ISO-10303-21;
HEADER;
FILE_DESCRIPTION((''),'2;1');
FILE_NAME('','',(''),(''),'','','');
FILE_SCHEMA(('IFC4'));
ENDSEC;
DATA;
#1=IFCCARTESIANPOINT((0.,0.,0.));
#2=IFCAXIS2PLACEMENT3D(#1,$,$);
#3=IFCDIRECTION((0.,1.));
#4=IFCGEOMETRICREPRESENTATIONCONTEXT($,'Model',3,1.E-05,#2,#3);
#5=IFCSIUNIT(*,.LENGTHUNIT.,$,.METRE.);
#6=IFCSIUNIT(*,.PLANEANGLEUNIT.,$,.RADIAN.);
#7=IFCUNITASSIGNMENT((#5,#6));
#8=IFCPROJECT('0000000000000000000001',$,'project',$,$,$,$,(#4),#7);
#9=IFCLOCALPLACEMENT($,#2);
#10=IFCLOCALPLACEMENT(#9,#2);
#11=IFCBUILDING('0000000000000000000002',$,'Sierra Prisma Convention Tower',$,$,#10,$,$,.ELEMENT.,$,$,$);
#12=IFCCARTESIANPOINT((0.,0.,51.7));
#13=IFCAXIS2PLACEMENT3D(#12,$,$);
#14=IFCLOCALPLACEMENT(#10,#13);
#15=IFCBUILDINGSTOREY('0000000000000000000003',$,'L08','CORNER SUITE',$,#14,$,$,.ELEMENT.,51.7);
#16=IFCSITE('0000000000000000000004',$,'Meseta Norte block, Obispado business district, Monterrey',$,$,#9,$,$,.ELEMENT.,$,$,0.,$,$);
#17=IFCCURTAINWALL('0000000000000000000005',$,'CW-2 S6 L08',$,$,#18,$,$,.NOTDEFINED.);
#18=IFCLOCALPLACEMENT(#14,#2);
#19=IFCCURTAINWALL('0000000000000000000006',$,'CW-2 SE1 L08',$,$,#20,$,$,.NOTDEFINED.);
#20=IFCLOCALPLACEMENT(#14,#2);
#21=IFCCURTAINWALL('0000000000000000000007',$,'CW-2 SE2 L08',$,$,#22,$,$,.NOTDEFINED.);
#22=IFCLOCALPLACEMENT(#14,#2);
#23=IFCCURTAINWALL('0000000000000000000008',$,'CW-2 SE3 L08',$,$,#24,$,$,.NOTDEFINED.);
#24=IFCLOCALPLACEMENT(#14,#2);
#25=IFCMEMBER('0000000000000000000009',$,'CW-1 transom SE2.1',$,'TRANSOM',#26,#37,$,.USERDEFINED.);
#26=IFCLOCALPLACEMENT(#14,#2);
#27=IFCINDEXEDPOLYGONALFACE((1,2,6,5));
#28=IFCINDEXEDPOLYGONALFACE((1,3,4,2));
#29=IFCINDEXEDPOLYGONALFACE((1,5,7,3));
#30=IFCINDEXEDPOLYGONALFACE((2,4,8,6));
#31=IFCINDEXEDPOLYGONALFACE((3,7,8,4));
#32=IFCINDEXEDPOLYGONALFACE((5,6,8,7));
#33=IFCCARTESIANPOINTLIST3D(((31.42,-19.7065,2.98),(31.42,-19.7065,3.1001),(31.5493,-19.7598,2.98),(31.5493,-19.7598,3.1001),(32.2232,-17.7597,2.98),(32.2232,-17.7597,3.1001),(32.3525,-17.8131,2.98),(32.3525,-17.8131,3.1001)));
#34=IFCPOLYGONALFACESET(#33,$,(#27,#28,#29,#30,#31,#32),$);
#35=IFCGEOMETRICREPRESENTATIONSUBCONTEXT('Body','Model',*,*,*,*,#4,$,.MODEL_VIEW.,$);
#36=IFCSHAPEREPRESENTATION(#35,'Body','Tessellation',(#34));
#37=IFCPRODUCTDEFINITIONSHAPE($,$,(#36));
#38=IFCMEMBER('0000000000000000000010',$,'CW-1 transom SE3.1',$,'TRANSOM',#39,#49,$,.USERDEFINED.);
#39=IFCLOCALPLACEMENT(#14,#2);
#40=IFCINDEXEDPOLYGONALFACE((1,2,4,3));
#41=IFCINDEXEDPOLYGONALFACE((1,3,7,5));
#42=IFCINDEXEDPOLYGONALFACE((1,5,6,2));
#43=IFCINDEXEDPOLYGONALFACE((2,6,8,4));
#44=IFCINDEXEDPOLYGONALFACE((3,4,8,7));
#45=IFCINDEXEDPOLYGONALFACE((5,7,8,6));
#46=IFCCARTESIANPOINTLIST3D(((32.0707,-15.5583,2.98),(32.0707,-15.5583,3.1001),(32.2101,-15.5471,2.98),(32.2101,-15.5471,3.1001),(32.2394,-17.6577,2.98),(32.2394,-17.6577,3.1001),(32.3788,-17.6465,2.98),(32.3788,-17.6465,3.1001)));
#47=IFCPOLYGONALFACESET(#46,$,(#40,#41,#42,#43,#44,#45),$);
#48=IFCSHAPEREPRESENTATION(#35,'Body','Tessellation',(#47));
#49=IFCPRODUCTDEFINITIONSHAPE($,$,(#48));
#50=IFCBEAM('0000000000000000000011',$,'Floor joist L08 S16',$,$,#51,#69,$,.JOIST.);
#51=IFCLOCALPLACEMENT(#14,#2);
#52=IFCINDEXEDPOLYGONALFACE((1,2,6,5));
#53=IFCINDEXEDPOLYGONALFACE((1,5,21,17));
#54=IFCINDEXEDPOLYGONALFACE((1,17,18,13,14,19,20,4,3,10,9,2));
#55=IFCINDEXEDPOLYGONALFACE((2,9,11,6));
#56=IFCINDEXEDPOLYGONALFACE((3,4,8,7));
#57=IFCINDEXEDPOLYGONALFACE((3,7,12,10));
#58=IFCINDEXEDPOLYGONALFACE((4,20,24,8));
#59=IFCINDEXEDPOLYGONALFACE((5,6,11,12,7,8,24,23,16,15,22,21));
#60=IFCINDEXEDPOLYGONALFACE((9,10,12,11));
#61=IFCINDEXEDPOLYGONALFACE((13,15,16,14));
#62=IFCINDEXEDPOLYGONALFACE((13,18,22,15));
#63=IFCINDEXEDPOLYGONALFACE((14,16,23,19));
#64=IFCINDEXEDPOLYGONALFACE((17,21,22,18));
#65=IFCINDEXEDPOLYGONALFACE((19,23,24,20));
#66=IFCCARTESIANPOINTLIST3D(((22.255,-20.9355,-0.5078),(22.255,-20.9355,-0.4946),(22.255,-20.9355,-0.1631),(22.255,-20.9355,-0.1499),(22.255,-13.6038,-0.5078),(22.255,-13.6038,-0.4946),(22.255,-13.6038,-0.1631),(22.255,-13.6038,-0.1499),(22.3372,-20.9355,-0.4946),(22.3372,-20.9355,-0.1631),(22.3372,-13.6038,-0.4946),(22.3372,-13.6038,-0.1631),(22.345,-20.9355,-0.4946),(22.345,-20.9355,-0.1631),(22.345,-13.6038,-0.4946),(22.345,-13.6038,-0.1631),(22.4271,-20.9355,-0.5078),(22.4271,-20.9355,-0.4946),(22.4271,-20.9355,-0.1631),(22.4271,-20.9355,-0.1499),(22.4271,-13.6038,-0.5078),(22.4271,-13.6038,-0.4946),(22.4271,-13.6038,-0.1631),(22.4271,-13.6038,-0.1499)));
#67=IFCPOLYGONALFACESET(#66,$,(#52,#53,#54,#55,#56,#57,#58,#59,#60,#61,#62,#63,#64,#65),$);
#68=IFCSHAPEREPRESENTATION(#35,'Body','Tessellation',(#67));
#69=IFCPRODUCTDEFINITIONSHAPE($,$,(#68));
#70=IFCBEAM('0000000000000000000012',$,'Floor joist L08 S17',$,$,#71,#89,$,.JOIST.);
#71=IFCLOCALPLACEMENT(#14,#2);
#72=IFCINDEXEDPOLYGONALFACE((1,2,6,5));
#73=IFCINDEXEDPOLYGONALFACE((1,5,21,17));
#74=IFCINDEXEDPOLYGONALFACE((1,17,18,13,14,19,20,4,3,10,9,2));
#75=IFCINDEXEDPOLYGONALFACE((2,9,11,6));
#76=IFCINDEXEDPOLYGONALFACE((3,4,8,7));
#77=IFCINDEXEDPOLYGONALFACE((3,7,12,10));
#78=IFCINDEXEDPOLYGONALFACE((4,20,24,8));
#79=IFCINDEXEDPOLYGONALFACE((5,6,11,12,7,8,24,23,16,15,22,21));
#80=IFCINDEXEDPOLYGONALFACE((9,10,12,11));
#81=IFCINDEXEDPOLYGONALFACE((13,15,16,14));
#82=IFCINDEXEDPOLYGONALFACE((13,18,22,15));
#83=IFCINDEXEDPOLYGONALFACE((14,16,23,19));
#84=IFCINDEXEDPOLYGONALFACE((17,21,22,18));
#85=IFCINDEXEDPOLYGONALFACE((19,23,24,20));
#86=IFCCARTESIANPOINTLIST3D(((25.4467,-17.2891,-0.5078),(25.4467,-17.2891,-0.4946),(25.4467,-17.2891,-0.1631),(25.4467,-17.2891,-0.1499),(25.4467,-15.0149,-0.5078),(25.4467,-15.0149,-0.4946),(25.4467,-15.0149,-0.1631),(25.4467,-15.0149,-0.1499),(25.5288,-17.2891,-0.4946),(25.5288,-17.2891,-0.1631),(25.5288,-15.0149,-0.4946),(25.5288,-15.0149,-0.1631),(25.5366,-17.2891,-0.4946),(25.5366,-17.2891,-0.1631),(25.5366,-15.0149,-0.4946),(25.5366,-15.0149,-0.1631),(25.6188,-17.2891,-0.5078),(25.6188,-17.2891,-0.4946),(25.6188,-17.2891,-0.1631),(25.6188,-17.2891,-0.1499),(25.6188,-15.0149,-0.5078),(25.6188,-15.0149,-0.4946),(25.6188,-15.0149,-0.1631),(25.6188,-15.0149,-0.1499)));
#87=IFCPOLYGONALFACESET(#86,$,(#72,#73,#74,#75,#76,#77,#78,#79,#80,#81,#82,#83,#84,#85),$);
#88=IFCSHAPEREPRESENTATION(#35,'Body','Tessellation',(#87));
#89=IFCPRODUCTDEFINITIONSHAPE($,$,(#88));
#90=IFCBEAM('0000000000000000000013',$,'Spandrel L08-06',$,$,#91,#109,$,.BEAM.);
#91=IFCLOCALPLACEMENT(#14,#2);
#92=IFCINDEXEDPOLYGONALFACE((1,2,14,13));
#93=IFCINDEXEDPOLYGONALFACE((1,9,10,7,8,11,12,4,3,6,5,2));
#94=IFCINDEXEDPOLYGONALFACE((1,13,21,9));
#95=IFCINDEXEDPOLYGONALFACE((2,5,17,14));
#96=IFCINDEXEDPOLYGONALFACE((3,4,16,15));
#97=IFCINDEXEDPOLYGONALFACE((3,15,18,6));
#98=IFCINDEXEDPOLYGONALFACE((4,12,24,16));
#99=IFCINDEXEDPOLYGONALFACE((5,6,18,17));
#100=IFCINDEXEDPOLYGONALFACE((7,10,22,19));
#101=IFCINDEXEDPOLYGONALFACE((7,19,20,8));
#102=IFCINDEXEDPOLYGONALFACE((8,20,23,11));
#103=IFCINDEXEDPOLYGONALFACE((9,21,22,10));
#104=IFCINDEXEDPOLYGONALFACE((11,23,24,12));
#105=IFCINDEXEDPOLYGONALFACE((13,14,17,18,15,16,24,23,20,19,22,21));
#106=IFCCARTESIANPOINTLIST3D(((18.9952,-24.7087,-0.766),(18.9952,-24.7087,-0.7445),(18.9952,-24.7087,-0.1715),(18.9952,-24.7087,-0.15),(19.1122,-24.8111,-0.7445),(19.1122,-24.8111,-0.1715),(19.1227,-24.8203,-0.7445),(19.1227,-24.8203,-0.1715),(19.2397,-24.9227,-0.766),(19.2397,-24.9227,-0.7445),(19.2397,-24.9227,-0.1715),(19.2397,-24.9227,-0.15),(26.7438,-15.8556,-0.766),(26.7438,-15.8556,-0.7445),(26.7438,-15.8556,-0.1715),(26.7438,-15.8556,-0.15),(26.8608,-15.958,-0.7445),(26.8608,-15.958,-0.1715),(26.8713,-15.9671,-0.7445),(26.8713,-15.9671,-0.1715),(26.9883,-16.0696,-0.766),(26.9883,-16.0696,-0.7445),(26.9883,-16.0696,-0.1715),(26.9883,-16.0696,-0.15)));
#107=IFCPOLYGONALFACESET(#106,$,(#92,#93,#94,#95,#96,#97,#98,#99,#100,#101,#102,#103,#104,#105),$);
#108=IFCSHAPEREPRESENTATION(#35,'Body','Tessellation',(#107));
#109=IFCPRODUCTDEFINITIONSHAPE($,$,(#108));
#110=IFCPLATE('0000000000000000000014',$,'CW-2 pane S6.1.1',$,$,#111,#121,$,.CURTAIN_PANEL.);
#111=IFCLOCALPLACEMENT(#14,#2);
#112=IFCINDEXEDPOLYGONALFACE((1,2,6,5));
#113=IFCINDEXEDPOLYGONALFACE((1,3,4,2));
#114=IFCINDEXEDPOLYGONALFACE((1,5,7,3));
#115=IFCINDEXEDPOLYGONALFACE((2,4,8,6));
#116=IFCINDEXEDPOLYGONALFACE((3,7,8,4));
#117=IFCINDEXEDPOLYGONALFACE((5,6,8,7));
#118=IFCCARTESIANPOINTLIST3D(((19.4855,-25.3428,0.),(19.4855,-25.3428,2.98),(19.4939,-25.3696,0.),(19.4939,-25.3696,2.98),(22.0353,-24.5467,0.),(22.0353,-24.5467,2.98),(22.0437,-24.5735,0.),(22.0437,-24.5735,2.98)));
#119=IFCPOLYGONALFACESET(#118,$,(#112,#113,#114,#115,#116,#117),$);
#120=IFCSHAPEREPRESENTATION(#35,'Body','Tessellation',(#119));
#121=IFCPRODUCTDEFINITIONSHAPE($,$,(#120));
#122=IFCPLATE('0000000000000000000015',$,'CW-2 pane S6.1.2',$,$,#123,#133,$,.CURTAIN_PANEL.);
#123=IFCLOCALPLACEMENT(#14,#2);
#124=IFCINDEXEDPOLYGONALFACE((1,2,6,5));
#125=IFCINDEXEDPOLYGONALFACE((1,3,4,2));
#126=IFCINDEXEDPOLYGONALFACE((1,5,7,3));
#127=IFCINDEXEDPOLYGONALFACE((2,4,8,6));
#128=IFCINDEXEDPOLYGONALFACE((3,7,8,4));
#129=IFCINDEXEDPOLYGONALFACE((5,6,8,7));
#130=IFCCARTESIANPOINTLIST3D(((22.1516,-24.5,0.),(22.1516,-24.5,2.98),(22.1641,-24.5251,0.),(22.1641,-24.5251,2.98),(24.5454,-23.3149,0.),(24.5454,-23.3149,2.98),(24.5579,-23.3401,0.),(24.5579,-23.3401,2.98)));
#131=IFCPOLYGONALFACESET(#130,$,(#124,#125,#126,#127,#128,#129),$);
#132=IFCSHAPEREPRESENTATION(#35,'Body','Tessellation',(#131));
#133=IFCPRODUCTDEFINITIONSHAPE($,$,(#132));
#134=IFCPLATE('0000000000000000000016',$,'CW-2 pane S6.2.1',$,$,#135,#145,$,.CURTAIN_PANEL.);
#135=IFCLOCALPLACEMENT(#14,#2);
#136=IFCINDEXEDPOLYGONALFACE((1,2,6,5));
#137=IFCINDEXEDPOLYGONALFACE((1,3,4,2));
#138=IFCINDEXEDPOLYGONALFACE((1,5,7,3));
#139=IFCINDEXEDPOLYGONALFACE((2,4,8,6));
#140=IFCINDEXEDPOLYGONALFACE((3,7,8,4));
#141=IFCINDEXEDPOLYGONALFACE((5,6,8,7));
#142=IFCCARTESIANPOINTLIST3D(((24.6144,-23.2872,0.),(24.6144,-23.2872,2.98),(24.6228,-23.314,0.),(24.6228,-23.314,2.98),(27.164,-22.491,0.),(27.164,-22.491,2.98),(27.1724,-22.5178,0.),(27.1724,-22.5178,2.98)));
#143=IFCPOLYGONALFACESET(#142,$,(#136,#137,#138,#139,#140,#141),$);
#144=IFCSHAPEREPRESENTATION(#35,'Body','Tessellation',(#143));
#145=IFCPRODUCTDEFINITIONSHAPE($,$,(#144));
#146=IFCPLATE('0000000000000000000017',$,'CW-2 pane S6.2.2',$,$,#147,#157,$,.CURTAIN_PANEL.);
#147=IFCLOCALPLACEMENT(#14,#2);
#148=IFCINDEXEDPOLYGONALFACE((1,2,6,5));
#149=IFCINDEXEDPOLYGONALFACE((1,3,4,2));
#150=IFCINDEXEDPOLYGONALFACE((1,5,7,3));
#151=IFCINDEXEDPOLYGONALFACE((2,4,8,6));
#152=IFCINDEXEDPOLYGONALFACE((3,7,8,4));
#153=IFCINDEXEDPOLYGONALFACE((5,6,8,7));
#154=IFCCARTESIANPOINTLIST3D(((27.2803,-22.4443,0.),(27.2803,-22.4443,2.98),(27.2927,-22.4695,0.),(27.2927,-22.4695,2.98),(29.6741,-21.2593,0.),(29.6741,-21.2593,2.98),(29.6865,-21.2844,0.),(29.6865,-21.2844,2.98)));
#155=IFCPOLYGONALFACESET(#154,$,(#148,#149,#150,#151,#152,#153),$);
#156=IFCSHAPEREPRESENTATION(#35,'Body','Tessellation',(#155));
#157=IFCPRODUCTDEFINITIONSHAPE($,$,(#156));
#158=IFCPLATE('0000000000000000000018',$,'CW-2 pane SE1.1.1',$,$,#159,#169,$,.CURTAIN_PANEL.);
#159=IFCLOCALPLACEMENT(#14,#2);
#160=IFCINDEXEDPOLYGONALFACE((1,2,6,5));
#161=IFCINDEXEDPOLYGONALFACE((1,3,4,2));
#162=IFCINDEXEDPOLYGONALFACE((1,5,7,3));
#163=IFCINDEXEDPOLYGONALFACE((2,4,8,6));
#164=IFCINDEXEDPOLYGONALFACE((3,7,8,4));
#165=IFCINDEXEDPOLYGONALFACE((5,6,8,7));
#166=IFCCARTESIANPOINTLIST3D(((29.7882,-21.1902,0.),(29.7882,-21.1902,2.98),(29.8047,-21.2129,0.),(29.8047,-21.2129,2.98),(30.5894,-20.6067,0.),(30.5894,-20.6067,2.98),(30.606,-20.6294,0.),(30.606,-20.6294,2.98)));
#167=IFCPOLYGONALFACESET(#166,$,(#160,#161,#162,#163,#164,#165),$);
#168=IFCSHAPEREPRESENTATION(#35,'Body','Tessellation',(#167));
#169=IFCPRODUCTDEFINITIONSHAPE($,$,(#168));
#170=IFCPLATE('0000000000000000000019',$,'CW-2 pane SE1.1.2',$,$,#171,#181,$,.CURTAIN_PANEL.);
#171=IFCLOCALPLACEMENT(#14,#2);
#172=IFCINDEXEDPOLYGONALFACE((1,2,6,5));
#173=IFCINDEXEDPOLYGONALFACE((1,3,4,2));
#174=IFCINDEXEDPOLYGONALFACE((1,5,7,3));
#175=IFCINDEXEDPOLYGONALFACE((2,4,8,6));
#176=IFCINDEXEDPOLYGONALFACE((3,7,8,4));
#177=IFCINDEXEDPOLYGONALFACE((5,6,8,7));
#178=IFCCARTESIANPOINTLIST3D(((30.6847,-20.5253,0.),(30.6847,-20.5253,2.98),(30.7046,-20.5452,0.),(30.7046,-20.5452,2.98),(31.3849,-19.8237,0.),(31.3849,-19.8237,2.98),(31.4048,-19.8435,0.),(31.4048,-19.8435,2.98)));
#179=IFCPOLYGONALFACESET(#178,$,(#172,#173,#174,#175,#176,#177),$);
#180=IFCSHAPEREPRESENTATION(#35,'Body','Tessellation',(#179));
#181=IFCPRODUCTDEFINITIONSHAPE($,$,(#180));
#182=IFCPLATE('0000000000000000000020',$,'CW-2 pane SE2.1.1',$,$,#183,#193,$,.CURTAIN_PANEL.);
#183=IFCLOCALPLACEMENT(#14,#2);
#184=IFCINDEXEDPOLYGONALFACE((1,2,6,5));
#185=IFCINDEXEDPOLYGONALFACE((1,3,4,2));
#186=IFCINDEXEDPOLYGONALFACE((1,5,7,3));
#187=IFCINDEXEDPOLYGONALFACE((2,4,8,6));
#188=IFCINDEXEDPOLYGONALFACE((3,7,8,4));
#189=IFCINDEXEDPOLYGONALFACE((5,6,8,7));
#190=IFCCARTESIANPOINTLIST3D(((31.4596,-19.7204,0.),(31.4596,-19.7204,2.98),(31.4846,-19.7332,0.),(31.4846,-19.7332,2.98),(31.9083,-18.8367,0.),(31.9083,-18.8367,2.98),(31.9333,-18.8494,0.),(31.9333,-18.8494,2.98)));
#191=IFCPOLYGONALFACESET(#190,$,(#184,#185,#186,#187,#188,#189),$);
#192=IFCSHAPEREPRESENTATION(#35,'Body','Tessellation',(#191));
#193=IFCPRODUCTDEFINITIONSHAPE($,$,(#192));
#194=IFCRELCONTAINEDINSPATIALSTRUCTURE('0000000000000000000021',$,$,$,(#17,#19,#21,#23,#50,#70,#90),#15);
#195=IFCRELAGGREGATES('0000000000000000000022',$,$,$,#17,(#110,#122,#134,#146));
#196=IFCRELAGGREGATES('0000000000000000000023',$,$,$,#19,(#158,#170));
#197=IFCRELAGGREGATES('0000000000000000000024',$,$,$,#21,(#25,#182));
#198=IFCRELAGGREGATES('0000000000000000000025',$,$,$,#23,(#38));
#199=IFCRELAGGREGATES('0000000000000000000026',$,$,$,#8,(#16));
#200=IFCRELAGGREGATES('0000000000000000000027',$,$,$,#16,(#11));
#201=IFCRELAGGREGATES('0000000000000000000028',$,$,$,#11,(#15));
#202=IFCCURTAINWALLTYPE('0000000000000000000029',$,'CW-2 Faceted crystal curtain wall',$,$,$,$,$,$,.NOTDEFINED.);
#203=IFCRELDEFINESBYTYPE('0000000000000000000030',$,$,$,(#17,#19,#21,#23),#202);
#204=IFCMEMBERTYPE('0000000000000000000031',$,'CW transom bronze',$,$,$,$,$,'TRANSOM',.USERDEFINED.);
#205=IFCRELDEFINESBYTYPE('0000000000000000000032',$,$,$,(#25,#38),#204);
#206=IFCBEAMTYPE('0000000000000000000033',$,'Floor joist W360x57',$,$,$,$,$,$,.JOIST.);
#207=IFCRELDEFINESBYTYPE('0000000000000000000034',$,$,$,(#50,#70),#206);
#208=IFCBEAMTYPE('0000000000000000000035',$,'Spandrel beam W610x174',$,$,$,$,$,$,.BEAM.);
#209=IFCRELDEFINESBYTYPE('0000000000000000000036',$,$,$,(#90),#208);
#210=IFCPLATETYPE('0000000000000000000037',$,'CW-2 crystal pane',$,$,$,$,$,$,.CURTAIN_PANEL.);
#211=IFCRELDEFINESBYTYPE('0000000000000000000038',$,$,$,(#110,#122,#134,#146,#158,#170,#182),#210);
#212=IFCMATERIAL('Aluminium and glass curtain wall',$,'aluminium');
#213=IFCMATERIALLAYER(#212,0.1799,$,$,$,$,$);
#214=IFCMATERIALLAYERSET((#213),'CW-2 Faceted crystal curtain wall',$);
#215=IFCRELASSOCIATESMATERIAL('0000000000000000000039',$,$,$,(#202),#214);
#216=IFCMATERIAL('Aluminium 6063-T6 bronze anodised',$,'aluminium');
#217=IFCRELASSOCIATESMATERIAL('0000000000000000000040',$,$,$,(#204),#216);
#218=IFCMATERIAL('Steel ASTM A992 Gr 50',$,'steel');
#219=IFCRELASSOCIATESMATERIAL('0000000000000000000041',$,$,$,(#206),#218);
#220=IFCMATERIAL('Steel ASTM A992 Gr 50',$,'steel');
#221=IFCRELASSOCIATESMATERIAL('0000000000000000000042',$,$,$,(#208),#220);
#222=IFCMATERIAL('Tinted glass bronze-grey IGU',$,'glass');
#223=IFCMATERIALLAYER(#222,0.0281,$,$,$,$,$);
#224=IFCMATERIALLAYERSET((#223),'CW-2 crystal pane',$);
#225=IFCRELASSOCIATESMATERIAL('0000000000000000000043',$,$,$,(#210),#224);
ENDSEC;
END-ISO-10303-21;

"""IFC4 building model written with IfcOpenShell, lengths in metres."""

from ifc_helpers import new_model, si_unit, direction, frame, origin, origin_2d, place, context, subcontext, project, spatial, polyline, rectangle, i_section, outline, extrude, material, layer, layer_set, material_profile, profile_set, type_object, element, aggregate, save


model = new_model("IFC4")

# Units and contexts
model_context = context("Model", 3, precision=1e-05, world=origin(), true_north=direction((0.0, 1.0)))
body_context = subcontext(model_context, "Body", "Model", "MODEL_VIEW")
ifc_project = project(units=[si_unit("LENGTHUNIT", "METRE"), si_unit("PLANEANGLEUNIT", "RADIAN")], contexts=[model_context])

# Site, building, storey
site_placement = place(None, origin())
site = spatial("IfcSite", under=ifc_project, at=site_placement, Name="Meseta Norte block, Obispado business district, Monterrey", CompositionType="ELEMENT", RefElevation=0.0)
building_placement = place(site_placement, origin())
building = spatial("IfcBuilding", under=site, at=building_placement, Name="Sierra Prisma Convention Tower", CompositionType="ELEMENT")
storey_placement = place(building_placement, frame((0.0, 0.0, 51.7)))
storey = spatial("IfcBuildingStorey", under=building, at=storey_placement, Name="L08", Description="CORNER SUITE", CompositionType="ELEMENT", Elevation=51.7)

# Curtain wall
ifc_material_1 = material(Name="Aluminium and glass curtain wall", Category="aluminium")
ifc_layer_1 = layer(ifc_material_1, 0.1799)
ifc_layer_set_1 = layer_set([ifc_layer_1], Name="CW-2 Faceted crystal curtain wall")
curtain_wall_type = type_object("IfcCurtainWallType", Name="CW-2 Faceted crystal curtain wall", PredefinedType="NOTDEFINED", material=ifc_layer_set_1)
curtain_wall_1_placement = place(storey_placement, origin())
curtain_wall_1 = element("IfcCurtainWall", 1, at=curtain_wall_1_placement, inside=storey, type_object=curtain_wall_type, Name="CW-2 S6 L08", PredefinedType="NOTDEFINED")

# Curtain walls
curtain_wall_2_placement = place(storey_placement, origin())
curtain_wall_2 = element("IfcCurtainWall", 2, at=curtain_wall_2_placement, inside=storey, type_object=curtain_wall_type, Name="CW-2 SE1 L08", PredefinedType="NOTDEFINED")
curtain_wall_3_placement = place(storey_placement, origin())
curtain_wall_3 = element("IfcCurtainWall", 3, at=curtain_wall_3_placement, inside=storey, type_object=curtain_wall_type, Name="CW-2 SE2 L08", PredefinedType="NOTDEFINED")
curtain_wall_4_placement = place(storey_placement, origin())
curtain_wall_4 = element("IfcCurtainWall", 4, at=curtain_wall_4_placement, inside=storey, type_object=curtain_wall_type, Name="CW-2 SE3 L08", PredefinedType="NOTDEFINED")

# Members
ifc_material_2 = material(Name="Aluminium 6063-T6 bronze anodised", Category="aluminium")
ifc_material_profile_1 = material_profile(ifc_material_2, rectangle(XDim=0.1399, YDim=0.1201, at=origin_2d()), Name="ALU TRANSOM 120x140")
ifc_profile_set_1 = profile_set([ifc_material_profile_1], Name="Aluminium 6063-T6 bronze anodised")
member_type_1 = type_object("IfcMemberType", Name="CW transom bronze", ElementType="TRANSOM", PredefinedType="USERDEFINED", material=ifc_profile_set_1)
member_1_placement = place(storey_placement, frame((31.4846, -19.7332, 3.04), z_axis=(0.381403, 0.924409, 0.0), x_axis=(-0.924409, 0.381403, 0.0)))
member_1 = element("IfcMember", 5, at=member_1_placement, type_object=member_type_1, Name="CW-1 transom SE2.1", ObjectType="TRANSOM", PredefinedType="USERDEFINED", context=body_context, shape_type="SweptSolid", body=[
    extrude(rectangle(XDim=0.1399, YDim=0.1201, at=origin_2d()), origin(), (0.0, 0.0, 1.0), 2.106),
])
member_2_placement = place(storey_placement, frame((32.3091, -17.6521, 3.04), z_axis=(-0.0801, 0.996787, 0.0), x_axis=(-0.996787, -0.0801, 0.0)))
member_2 = element("IfcMember", 6, at=member_2_placement, type_object=member_type_1, Name="CW-1 transom SE3.1", ObjectType="TRANSOM", PredefinedType="USERDEFINED", context=body_context, shape_type="SweptSolid", body=[
    extrude(rectangle(XDim=0.1399, YDim=0.1201, at=origin_2d()), origin(), (0.0, 0.0, 1.0), 2.1062),
])

# Beams
ifc_material_3 = material(Name="Steel ASTM A992 Gr 50", Category="steel")
ifc_material_profile_2 = material_profile(ifc_material_3, i_section(OverallWidth=0.1721, OverallDepth=0.3579, WebThickness=0.0078, FlangeThickness=0.0132, at=origin_2d()), Name="W360x57")
ifc_profile_set_2 = profile_set([ifc_material_profile_2], Name="Steel ASTM A992 Gr 50")
beam_type_1 = type_object("IfcBeamType", Name="Floor joist W360x57", PredefinedType="JOIST", material=ifc_profile_set_2)
beam_1_placement = place(storey_placement, frame((22.3411, -20.9355, -0.3289), z_axis=(0.0, 1.0, 0.0), x_axis=(-1.0, 0.0, 0.0)))
element("IfcBeam", 7, at=beam_1_placement, inside=storey, type_object=beam_type_1, Name="Floor joist L08 S16", PredefinedType="JOIST", context=body_context, shape_type="SweptSolid", body=[
    extrude(i_section(OverallWidth=0.1721, OverallDepth=0.3579, WebThickness=0.0078, FlangeThickness=0.0132, at=origin_2d()), origin(), (0.0, 0.0, 1.0), 7.3318),
])
beam_2_placement = place(storey_placement, frame((25.5327, -17.2891, -0.3289), z_axis=(0.0, 1.0, 0.0), x_axis=(-1.0, 0.0, 0.0)))
element("IfcBeam", 8, at=beam_2_placement, inside=storey, type_object=beam_type_1, Name="Floor joist L08 S17", PredefinedType="JOIST", context=body_context, shape_type="SweptSolid", body=[
    extrude(i_section(OverallWidth=0.1721, OverallDepth=0.3579, WebThickness=0.0078, FlangeThickness=0.0132, at=origin_2d()), origin(), (0.0, 0.0, 1.0), 2.2742),
])
ifc_material_4 = material(Name="Steel ASTM A992 Gr 50", Category="steel")
ifc_material_profile_3 = material_profile(ifc_material_4, i_section(OverallWidth=0.325, OverallDepth=0.616, WebThickness=0.0139, FlangeThickness=0.0215, at=origin_2d()), Name="W610x174")
ifc_profile_set_3 = profile_set([ifc_material_profile_3], Name="Steel ASTM A992 Gr 50")
beam_type_2 = type_object("IfcBeamType", Name="Spandrel beam W610x174", PredefinedType="BEAM", material=ifc_profile_set_3)
beam_3_placement = place(storey_placement, frame((19.1174, -24.8157, -0.458), z_axis=(0.658607, 0.752487, 0.0), x_axis=(-0.752487, 0.658607, 0.0)))
element("IfcBeam", 9, at=beam_3_placement, inside=storey, type_object=beam_type_2, Name="Spandrel L08-06", PredefinedType="BEAM", context=body_context, shape_type="SweptSolid", body=[
    extrude(i_section(OverallWidth=0.325, OverallDepth=0.616, WebThickness=0.0139, FlangeThickness=0.0215, at=origin_2d()), origin(), (0.0, 0.0, 1.0), 11.7651),
])

# Plates
ifc_material_5 = material(Name="Tinted glass bronze-grey IGU", Category="glass")
ifc_layer_2 = layer(ifc_material_5, 0.0281)
ifc_layer_set_2 = layer_set([ifc_layer_2], Name="CW-2 crystal pane")
plate_type = type_object("IfcPlateType", Name="CW-2 crystal pane", PredefinedType="CURTAIN_PANEL", material=ifc_layer_set_2)
plate_1_placement = place(storey_placement, frame((19.4939, -25.3696, 0.0), z_axis=(0.298046, -0.954552, 0.0), x_axis=(0.954552, 0.298046, 0.0)))
plate_1 = element("IfcPlate", 10, at=plate_1_placement, type_object=plate_type, Name="CW-2 pane S6.1.1", PredefinedType="CURTAIN_PANEL", context=body_context, shape_type="SweptSolid", body=[
    extrude(outline(polyline([(0.0, 0.0), (2.6712, 0.0), (2.6712, 2.98), (0.0, 2.98), (0.0, 0.0)])), origin(), (0.0, 0.0, -1.0), 0.0281),
])
plate_2_placement = place(storey_placement, frame((24.5579, -23.3401, 0.0), z_axis=(0.443664, -0.896193, 0.0), x_axis=(-0.896193, -0.443664, 0.0)))
plate_2 = element("IfcPlate", 11, at=plate_2_placement, type_object=plate_type, Name="CW-2 pane S6.1.2", PredefinedType="CURTAIN_PANEL", context=body_context, shape_type="SweptSolid", body=[
    extrude(outline(polyline([(0.0, 0.0), (2.6711, 0.0), (2.6711, -2.98), (0.0, -2.98), (0.0, 0.0)])), origin(), (0.0, 0.0, -1.0), 0.0281),
])
plate_3_placement = place(storey_placement, frame((24.6228, -23.314, 0.0), z_axis=(0.298072, -0.954543, 0.0), x_axis=(0.954543, 0.298072, 0.0)))
plate_3 = element("IfcPlate", 12, at=plate_3_placement, type_object=plate_type, Name="CW-2 pane S6.2.1", PredefinedType="CURTAIN_PANEL", context=body_context, shape_type="SweptSolid", body=[
    extrude(outline(polyline([(0.0, 0.0), (2.671, 0.0), (2.671, 2.98), (0.0, 2.98), (0.0, 0.0)])), origin(), (0.0, 0.0, -1.0), 0.0281),
])
plate_4_placement = place(storey_placement, frame((29.6865, -21.2844, 0.0), z_axis=(0.443664, -0.896193, 0.0), x_axis=(-0.896193, -0.443664, 0.0)))
plate_4 = element("IfcPlate", 13, at=plate_4_placement, type_object=plate_type, Name="CW-2 pane S6.2.2", PredefinedType="CURTAIN_PANEL", context=body_context, shape_type="SweptSolid", body=[
    extrude(outline(polyline([(0.0, 0.0), (2.6711, 0.0), (2.6711, -2.98), (0.0, -2.98), (0.0, 0.0)])), origin(), (0.0, 0.0, -1.0), 0.0281),
])
aggregate(curtain_wall_1, [plate_1, plate_2, plate_3, plate_4])
plate_5_placement = place(storey_placement, frame((29.8047, -21.2129, 0.0), z_axis=(0.58867, -0.808374, 0.0), x_axis=(0.808374, 0.58867, 0.0)))
plate_5 = element("IfcPlate", 14, at=plate_5_placement, type_object=plate_type, Name="CW-2 pane SE1.1.1", PredefinedType="CURTAIN_PANEL", context=body_context, shape_type="SweptSolid", body=[
    extrude(outline(polyline([(0.0, 0.0), (0.9912, 0.0), (0.9912, 2.98), (0.0, 2.98), (0.0, 0.0)])), origin(), (0.0, 0.0, -1.0), 0.0281),
])
plate_6_placement = place(storey_placement, frame((31.4048, -19.8435, 0.0), z_axis=(0.707845, -0.706368, 0.0), x_axis=(-0.706368, -0.707845, 0.0)))
plate_6 = element("IfcPlate", 15, at=plate_6_placement, type_object=plate_type, Name="CW-2 pane SE1.1.2", PredefinedType="CURTAIN_PANEL", context=body_context, shape_type="SweptSolid", body=[
    extrude(outline(polyline([(0.0, 0.0), (0.9913, 0.0), (0.9913, -2.98), (0.0, -2.98), (0.0, 0.0)])), origin(), (0.0, 0.0, -1.0), 0.0281),
])
aggregate(curtain_wall_2, [plate_5, plate_6])
plate_7_placement = place(storey_placement, frame((31.4846, -19.7332, 0.0), z_axis=(0.891651, -0.452722, 0.0), x_axis=(0.452722, 0.891651, 0.0)))
plate_7 = element("IfcPlate", 16, at=plate_7_placement, type_object=plate_type, Name="CW-2 pane SE2.1.1", PredefinedType="CURTAIN_PANEL", context=body_context, shape_type="SweptSolid", body=[
    extrude(outline(polyline([(0.0, 0.0), (0.9912, 0.0), (0.9912, 2.98), (0.0, 2.98), (0.0, 0.0)])), origin(), (0.0, 0.0, -1.0), 0.0281),
])
aggregate(curtain_wall_3, [member_1, plate_7])
aggregate(curtain_wall_4, [member_2])

save(model, "model.ifc")
